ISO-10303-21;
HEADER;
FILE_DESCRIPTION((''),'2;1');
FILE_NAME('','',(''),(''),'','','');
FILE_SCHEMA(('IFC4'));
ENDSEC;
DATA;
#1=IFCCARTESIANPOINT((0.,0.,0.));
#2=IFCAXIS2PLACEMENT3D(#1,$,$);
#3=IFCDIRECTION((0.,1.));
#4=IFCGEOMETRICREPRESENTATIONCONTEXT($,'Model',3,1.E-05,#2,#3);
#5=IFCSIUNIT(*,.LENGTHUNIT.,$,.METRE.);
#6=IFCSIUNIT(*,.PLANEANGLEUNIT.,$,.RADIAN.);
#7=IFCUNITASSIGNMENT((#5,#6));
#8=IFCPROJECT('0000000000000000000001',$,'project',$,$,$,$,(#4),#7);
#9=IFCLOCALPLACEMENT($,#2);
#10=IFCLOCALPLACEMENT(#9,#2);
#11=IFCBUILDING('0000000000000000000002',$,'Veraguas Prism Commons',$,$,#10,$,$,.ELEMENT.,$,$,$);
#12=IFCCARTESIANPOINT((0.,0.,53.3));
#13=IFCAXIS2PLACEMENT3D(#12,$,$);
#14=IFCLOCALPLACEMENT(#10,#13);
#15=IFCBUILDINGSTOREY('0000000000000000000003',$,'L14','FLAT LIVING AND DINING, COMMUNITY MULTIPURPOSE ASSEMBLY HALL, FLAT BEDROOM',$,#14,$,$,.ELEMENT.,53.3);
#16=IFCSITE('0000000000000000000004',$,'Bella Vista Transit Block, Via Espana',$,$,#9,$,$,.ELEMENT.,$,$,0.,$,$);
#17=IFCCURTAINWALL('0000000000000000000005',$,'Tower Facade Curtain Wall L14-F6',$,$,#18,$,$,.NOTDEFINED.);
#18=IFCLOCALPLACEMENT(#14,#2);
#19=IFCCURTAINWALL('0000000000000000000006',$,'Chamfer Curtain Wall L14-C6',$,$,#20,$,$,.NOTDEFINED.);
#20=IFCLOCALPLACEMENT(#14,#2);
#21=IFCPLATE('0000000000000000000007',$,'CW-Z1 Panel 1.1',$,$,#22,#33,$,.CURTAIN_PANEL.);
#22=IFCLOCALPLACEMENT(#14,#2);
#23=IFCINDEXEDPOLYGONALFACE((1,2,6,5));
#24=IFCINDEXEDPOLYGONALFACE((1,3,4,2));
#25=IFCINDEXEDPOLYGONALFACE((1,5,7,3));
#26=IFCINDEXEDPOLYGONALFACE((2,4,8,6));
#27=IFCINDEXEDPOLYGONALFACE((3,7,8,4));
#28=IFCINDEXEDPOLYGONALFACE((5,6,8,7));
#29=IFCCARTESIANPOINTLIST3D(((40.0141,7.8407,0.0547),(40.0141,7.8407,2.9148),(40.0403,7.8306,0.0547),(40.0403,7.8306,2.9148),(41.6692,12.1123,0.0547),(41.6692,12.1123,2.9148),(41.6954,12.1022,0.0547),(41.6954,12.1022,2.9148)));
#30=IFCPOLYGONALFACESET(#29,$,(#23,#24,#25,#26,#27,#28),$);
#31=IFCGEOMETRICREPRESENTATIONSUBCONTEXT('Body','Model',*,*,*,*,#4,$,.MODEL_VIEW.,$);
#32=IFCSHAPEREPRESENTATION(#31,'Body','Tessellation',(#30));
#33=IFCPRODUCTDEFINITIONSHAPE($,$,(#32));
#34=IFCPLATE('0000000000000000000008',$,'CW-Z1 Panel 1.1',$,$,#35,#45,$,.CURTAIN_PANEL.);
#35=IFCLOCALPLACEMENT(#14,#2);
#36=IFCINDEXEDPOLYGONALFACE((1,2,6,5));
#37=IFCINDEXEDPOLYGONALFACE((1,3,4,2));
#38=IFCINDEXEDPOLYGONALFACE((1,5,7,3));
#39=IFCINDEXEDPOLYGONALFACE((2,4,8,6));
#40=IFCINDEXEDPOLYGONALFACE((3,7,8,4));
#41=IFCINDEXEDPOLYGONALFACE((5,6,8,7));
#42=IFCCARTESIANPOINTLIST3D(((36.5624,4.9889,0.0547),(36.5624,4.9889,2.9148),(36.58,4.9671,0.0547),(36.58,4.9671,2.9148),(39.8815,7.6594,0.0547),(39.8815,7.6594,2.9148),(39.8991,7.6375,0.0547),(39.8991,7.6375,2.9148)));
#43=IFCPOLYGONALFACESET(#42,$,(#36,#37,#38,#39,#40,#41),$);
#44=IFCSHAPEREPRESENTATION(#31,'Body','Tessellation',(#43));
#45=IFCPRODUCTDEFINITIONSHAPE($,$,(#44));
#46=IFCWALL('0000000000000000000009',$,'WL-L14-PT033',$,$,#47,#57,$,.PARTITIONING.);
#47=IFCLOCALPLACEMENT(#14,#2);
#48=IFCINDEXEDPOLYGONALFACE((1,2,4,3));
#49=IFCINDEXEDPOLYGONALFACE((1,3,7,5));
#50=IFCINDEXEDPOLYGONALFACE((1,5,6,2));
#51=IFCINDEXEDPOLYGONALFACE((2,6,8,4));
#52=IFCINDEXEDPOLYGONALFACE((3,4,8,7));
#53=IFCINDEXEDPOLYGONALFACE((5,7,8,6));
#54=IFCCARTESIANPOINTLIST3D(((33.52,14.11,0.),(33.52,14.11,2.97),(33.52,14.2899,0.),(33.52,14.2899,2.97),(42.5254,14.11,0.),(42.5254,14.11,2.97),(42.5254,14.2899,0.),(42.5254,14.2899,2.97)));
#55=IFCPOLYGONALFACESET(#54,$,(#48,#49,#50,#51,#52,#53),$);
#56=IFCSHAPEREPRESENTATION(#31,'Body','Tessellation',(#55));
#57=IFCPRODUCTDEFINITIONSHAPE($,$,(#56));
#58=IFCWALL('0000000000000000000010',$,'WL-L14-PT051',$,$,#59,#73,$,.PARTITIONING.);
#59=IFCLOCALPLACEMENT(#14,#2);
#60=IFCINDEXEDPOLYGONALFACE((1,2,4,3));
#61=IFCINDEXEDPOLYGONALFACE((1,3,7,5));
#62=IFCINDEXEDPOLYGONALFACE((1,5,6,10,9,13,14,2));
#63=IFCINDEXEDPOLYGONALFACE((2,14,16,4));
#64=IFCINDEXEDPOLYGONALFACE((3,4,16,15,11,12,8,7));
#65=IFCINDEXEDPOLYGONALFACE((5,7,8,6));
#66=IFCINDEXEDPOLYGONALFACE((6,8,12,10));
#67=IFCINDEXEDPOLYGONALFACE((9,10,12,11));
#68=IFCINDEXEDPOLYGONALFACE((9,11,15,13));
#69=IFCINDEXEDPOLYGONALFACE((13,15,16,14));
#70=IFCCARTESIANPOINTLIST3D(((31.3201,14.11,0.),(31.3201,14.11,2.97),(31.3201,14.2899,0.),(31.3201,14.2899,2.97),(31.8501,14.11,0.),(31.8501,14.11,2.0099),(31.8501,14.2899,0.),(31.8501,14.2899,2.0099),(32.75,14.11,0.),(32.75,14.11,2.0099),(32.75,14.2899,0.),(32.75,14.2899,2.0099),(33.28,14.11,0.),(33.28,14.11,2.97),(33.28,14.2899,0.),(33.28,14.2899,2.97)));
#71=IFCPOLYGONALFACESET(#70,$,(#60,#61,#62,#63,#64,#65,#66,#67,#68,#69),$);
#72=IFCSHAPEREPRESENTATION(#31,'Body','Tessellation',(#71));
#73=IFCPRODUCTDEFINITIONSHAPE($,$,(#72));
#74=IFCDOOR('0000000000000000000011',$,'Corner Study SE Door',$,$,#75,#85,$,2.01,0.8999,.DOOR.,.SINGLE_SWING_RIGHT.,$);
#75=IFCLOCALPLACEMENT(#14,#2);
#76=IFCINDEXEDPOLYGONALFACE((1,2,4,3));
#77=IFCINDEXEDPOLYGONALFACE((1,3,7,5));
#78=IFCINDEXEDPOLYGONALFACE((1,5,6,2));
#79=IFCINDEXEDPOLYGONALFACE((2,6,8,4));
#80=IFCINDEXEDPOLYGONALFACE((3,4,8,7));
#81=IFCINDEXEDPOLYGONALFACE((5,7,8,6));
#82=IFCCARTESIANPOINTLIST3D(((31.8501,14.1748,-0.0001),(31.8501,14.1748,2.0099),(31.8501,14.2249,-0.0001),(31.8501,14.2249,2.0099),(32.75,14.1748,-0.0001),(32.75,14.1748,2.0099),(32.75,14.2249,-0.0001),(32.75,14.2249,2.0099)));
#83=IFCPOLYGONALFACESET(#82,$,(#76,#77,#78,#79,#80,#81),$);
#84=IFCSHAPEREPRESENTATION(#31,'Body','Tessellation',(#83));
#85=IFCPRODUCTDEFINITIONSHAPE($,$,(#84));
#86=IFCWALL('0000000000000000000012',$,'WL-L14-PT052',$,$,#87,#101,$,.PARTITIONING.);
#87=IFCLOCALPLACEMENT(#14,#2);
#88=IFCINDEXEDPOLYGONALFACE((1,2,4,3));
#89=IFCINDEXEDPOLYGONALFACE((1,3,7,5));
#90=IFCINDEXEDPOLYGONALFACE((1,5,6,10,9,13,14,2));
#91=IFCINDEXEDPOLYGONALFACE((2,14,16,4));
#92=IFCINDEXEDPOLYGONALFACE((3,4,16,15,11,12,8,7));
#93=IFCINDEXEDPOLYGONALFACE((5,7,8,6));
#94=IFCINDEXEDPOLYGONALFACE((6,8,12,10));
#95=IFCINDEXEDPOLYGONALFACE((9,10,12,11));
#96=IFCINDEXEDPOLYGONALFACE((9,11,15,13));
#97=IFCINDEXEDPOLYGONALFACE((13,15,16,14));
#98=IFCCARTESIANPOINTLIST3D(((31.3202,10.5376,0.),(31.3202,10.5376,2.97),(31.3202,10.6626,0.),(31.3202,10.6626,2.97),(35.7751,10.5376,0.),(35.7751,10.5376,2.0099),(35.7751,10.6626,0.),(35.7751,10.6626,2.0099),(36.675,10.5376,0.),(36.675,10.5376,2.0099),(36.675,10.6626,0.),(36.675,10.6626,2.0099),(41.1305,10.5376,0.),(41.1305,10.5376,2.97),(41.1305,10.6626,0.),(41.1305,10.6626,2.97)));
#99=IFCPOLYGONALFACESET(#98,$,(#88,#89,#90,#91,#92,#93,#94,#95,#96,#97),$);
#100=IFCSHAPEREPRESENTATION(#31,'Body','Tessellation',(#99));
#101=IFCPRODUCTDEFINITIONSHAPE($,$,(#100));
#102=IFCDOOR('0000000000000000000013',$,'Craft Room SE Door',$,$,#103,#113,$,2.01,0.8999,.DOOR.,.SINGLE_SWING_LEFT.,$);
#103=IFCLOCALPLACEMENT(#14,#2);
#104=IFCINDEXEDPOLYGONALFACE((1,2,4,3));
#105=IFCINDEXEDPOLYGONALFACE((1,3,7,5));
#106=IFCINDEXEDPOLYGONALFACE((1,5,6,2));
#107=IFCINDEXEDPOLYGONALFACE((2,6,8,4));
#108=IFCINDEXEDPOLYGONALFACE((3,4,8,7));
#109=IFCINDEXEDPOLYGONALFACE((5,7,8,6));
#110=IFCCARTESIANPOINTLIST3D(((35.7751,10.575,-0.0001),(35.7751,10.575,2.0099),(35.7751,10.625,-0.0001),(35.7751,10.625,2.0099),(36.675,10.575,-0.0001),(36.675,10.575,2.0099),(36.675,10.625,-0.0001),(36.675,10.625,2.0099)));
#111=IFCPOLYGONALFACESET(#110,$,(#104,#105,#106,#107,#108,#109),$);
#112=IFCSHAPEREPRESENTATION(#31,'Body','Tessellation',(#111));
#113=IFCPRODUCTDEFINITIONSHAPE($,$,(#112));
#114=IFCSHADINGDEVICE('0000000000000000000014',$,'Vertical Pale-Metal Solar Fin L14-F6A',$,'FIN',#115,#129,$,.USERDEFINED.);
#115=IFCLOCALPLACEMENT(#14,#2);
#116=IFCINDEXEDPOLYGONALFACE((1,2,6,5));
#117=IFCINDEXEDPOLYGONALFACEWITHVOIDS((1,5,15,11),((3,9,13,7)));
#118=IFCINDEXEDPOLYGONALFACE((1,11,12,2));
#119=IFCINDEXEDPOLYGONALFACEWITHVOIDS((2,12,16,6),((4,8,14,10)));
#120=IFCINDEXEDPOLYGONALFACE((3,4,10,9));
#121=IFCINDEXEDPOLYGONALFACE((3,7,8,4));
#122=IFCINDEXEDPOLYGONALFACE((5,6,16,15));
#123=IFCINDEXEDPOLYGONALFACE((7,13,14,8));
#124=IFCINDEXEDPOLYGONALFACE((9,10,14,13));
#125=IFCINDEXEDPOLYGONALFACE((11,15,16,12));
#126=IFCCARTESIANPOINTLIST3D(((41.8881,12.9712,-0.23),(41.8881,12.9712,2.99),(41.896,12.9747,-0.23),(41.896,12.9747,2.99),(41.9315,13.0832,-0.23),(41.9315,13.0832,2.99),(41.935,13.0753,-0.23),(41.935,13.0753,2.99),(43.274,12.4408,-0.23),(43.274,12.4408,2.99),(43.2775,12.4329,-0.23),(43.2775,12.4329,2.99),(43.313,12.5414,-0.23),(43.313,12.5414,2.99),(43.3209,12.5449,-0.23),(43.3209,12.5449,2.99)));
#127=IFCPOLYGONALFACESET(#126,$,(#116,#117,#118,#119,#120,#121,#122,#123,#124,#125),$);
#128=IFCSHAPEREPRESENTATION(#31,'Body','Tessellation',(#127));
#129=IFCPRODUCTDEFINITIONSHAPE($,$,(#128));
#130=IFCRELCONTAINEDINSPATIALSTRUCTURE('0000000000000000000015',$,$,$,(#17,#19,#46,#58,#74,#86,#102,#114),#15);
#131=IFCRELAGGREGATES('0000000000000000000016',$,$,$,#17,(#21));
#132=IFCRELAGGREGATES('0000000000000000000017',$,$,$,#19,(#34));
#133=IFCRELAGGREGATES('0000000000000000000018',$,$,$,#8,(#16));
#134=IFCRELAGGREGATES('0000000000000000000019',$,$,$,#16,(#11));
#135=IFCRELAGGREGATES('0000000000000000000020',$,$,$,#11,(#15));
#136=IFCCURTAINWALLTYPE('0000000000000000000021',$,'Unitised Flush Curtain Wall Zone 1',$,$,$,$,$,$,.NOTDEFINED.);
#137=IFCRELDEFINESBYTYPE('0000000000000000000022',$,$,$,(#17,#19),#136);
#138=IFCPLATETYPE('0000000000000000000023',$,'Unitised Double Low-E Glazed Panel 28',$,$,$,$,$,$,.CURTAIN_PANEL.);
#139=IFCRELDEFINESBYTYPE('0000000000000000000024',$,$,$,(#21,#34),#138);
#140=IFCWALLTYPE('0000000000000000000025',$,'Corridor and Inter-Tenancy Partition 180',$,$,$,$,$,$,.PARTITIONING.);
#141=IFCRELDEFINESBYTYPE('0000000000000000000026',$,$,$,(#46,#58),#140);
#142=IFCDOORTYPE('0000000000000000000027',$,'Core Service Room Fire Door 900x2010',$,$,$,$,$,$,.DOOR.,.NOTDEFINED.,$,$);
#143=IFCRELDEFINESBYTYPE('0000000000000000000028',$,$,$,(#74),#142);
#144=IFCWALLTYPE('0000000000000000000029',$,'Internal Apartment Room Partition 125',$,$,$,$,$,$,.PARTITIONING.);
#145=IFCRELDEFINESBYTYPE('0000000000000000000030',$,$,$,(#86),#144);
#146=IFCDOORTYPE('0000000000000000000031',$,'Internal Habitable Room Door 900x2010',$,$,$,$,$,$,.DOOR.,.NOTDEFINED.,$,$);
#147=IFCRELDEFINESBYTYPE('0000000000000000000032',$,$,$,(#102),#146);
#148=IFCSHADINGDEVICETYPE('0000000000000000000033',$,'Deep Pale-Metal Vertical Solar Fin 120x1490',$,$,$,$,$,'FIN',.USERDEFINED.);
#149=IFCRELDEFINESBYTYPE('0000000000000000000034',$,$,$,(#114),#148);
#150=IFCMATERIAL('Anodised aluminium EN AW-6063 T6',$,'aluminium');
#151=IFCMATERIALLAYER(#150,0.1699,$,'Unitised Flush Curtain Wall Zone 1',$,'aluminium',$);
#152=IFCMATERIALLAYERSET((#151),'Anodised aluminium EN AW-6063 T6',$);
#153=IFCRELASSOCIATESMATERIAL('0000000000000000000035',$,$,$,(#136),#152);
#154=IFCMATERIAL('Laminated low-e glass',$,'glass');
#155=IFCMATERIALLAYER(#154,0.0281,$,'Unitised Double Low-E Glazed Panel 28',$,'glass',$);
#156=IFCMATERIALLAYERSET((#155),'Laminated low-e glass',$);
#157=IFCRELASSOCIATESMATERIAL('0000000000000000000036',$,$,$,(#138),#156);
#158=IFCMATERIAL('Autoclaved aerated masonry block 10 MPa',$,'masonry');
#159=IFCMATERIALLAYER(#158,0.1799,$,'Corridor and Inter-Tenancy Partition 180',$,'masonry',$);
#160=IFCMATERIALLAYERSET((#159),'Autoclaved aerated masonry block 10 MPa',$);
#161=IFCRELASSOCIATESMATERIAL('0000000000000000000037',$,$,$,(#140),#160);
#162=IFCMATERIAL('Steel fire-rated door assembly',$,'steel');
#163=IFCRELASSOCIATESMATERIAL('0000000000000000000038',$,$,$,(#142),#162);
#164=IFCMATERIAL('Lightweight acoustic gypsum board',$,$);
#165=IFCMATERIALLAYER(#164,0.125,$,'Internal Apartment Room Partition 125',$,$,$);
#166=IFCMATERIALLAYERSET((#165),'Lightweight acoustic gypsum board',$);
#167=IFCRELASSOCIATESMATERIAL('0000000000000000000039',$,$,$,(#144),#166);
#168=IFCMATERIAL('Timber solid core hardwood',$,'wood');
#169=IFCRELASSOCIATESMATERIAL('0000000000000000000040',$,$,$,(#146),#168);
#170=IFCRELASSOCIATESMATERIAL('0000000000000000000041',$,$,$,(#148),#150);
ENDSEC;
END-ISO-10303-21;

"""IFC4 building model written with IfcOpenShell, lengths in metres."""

from ifc_helpers import new_model, si_unit, direction, frame, frame_2d, origin, origin_2d, place, context, subcontext, project, spatial, rectangle, hollow_rectangle, extrude, source, transform, mapped, material, layer, layer_set, material_profile, profile_set, type_object, element, fill, aggregate, save


model = new_model("IFC4")

# Units and contexts
model_context = context("Model", 3, precision=1e-05, world=origin(), true_north=direction((0.0, 1.0)))
body_context = subcontext(model_context, "Body", "Model", "MODEL_VIEW")
ifc_project = project(units=[si_unit("LENGTHUNIT", "METRE"), si_unit("PLANEANGLEUNIT", "RADIAN")], contexts=[model_context])

# Site, building, storey
site_placement = place(None, origin())
site = spatial("IfcSite", under=ifc_project, at=site_placement, Name="Bella Vista Transit Block, Via Espana", CompositionType="ELEMENT", RefElevation=0.0)
building_placement = place(site_placement, origin())
building = spatial("IfcBuilding", under=site, at=building_placement, Name="Veraguas Prism Commons", CompositionType="ELEMENT")
storey_placement = place(building_placement, frame((0.0, 0.0, 53.3)))
storey = spatial("IfcBuildingStorey", under=building, at=storey_placement, Name="L14", Description="FLAT LIVING AND DINING, COMMUNITY MULTIPURPOSE ASSEMBLY HALL, FLAT BEDROOM", CompositionType="ELEMENT", Elevation=53.3)

# Curtain walls
ifc_material_1 = material(Name="Anodised aluminium EN AW-6063 T6", Category="aluminium")
ifc_layer_1 = layer(ifc_material_1, 0.1699, Name="Unitised Flush Curtain Wall Zone 1", Category="aluminium")
ifc_layer_set_1 = layer_set([ifc_layer_1], Name="Anodised aluminium EN AW-6063 T6")
curtain_wall_type = type_object("IfcCurtainWallType", Name="Unitised Flush Curtain Wall Zone 1", PredefinedType="NOTDEFINED", material=ifc_layer_set_1)
curtain_wall_1_placement = place(storey_placement, origin())
curtain_wall_1 = element("IfcCurtainWall", 1, at=curtain_wall_1_placement, inside=storey, type_object=curtain_wall_type, Name="Tower Facade Curtain Wall L14-F6", PredefinedType="NOTDEFINED")
curtain_wall_2_placement = place(storey_placement, origin())
curtain_wall_2 = element("IfcCurtainWall", 2, at=curtain_wall_2_placement, inside=storey, type_object=curtain_wall_type, Name="Chamfer Curtain Wall L14-C6", PredefinedType="NOTDEFINED")

# Plates
ifc_material_2 = material(Name="Laminated low-e glass", Category="glass")
ifc_layer_2 = layer(ifc_material_2, 0.0281, Name="Unitised Double Low-E Glazed Panel 28", Category="glass")
ifc_layer_set_2 = layer_set([ifc_layer_2], Name="Laminated low-e glass")
plate_type = type_object("IfcPlateType", Name="Unitised Double Low-E Glazed Panel 28", PredefinedType="CURTAIN_PANEL", material=ifc_layer_set_2)
shared_shape_1 = source(origin(), body_context, "Body", "SweptSolid", [
    extrude(rectangle(XDim=4.5811, YDim=0.0281, at=origin_2d()), origin(), (0.0, 0.0, 1.0), 2.8601),
])
plate_1_placement = place(storey_placement, frame((40.8547, 9.9714, 0.0547), z_axis=(0.0, 0.0, 1.0), x_axis=(0.361294, 0.932452, 0.0)))
plate_1 = element("IfcPlate", 3, at=plate_1_placement, type_object=plate_type, Name="CW-Z1 Panel 1.1", PredefinedType="CURTAIN_PANEL", context=body_context, shape_type="MappedRepresentation", body=[
    mapped(shared_shape_1, transform((0.0, 0.0, 0.0), scale=1.0)),
])
aggregate(curtain_wall_1, [plate_1])
shared_shape_2 = source(origin(), body_context, "Body", "SweptSolid", [
    extrude(rectangle(XDim=4.26, YDim=0.0281, at=origin_2d()), origin(), (0.0, 0.0, 1.0), 2.8601),
])
plate_2_placement = place(storey_placement, frame((38.2307, 6.3132, 0.0547), z_axis=(0.0, 0.0, 1.0), x_axis=(0.779126, 0.626868, 0.0)))
plate_2 = element("IfcPlate", 4, at=plate_2_placement, type_object=plate_type, Name="CW-Z1 Panel 1.1", PredefinedType="CURTAIN_PANEL", context=body_context, shape_type="MappedRepresentation", body=[
    mapped(shared_shape_2, transform((0.0, 0.0, 0.0), scale=1.0)),
])
aggregate(curtain_wall_2, [plate_2])

# Wall
ifc_material_3 = material(Name="Autoclaved aerated masonry block 10 MPa", Category="masonry")
ifc_layer_3 = layer(ifc_material_3, 0.1799, Name="Corridor and Inter-Tenancy Partition 180", Category="masonry")
ifc_layer_set_3 = layer_set([ifc_layer_3], Name="Autoclaved aerated masonry block 10 MPa")
wall_type_1 = type_object("IfcWallType", Name="Corridor and Inter-Tenancy Partition 180", PredefinedType="PARTITIONING", material=ifc_layer_set_3)
wall_1_placement = place(storey_placement, frame((33.52, 14.2, 0.0), z_axis=(0.0, 0.0, 1.0), x_axis=(1.0, 0.0, 0.0)))
element("IfcWall", 5, at=wall_1_placement, inside=storey, type_object=wall_type_1, Name="WL-L14-PT033", PredefinedType="PARTITIONING", context=body_context, shape_type="SweptSolid", body=[
    extrude(rectangle(XDim=9.0054, YDim=0.1799, at=frame_2d((4.5027, 0.0))), origin(), (0.0, 0.0, 1.0), 2.97),
])

# Walls, openings, doors
wall_2_placement = place(storey_placement, frame((31.3201, 14.2, 0.0), z_axis=(0.0, 0.0, 1.0), x_axis=(1.0, 0.0, 0.0)))
wall_2 = element("IfcWall", 6, at=wall_2_placement, inside=storey, type_object=wall_type_1, Name="WL-L14-PT051", PredefinedType="PARTITIONING", context=body_context, shape_type="SweptSolid", body=[
    extrude(rectangle(XDim=1.96, YDim=0.1799, at=frame_2d((0.98, 0.0))), origin(), (0.0, 0.0, 1.0), 2.97),
])
opening_1_placement = place(wall_2_placement, frame((0.53, 0.0, 0.0)))
opening_1 = element("IfcOpeningElement", 7, at=opening_1_placement, cuts=wall_2, PredefinedType="OPENING", context=body_context, shape_type="SweptSolid", body=[
    extrude(rectangle(XDim=0.8999, YDim=2.01, at=frame_2d((0.45, 1.0049))), frame((0.0, 0.0999, 0.0), z_axis=(0.0, -1.0, 0.0), x_axis=(1.0, 0.0, 0.0)), (0.0, 0.0, 1.0), 0.2),
])
ifc_material_4 = material(Name="Steel fire-rated door assembly", Category="steel")
door_type_1 = type_object("IfcDoorType", Name="Core Service Room Fire Door 900x2010", OperationType="NOTDEFINED", PredefinedType="DOOR", material=ifc_material_4)
shared_shape_3 = source(origin(), body_context, "Body", "SweptSolid", [
    extrude(rectangle(XDim=0.8999, YDim=2.01, at=frame_2d((0.45, 1.0049))), frame((0.0, 0.0249, 0.0), z_axis=(0.0, -1.0, 0.0), x_axis=(1.0, 0.0, 0.0)), (0.0, 0.0, 1.0), 0.05),
])
door_1_placement = place(opening_1_placement, origin())
door_1 = element("IfcDoor", 8, at=door_1_placement, inside=storey, type_object=door_type_1, Name="Corner Study SE Door", OperationType="SINGLE_SWING_RIGHT", OverallHeight=2.01, OverallWidth=0.8999, PredefinedType="DOOR", context=body_context, shape_type="MappedRepresentation", body=[
    mapped(shared_shape_3, transform((0.0, 0.0, 0.0), scale=1.0)),
])
fill(opening_1, door_1)
ifc_material_5 = material(Name="Lightweight acoustic gypsum board")
ifc_layer_4 = layer(ifc_material_5, 0.125, Name="Internal Apartment Room Partition 125")
ifc_layer_set_4 = layer_set([ifc_layer_4], Name="Lightweight acoustic gypsum board")
wall_type_2 = type_object("IfcWallType", Name="Internal Apartment Room Partition 125", PredefinedType="PARTITIONING", material=ifc_layer_set_4)
wall_3_placement = place(storey_placement, frame((31.3201, 10.6001, 0.0), z_axis=(0.0, 0.0, 1.0), x_axis=(1.0, 0.0, 0.0)))
wall_3 = element("IfcWall", 9, at=wall_3_placement, inside=storey, type_object=wall_type_2, Name="WL-L14-PT052", PredefinedType="PARTITIONING", context=body_context, shape_type="SweptSolid", body=[
    extrude(rectangle(XDim=9.8103, YDim=0.125, at=frame_2d((4.9053, 0.0))), origin(), (0.0, 0.0, 1.0), 2.97),
])
opening_2_placement = place(wall_3_placement, frame((4.4551, 0.0, 0.0)))
opening_2 = element("IfcOpeningElement", 10, at=opening_2_placement, cuts=wall_3, PredefinedType="OPENING", context=body_context, shape_type="SweptSolid", body=[
    extrude(rectangle(XDim=0.8999, YDim=2.01, at=frame_2d((0.45, 1.0049))), frame((0.0, 0.0725, 0.0), z_axis=(0.0, -1.0, 0.0), x_axis=(1.0, 0.0, 0.0)), (0.0, 0.0, 1.0), 0.145),
])
ifc_material_6 = material(Name="Timber solid core hardwood", Category="wood")
door_type_2 = type_object("IfcDoorType", Name="Internal Habitable Room Door 900x2010", OperationType="NOTDEFINED", PredefinedType="DOOR", material=ifc_material_6)
door_2_placement = place(opening_2_placement, origin())
door_2 = element("IfcDoor", 11, at=door_2_placement, inside=storey, type_object=door_type_2, Name="Craft Room SE Door", OperationType="SINGLE_SWING_LEFT", OverallHeight=2.01, OverallWidth=0.8999, PredefinedType="DOOR", context=body_context, shape_type="MappedRepresentation", body=[
    mapped(shared_shape_3, transform((0.0, 0.0, 0.0), scale=1.0)),
])
fill(opening_2, door_2)

# Shading device
ifc_material_profile_1 = material_profile(ifc_material_1, hollow_rectangle(XDim=0.1201, YDim=1.49, WallThickness=0.0061, at=origin_2d()), Name="FIN120X1490X6")
ifc_profile_set_1 = profile_set([ifc_material_profile_1], Name="Anodised aluminium EN AW-6063 T6")
shading_device_type = type_object("IfcShadingDeviceType", Name="Deep Pale-Metal Vertical Solar Fin 120x1490", ElementType="FIN", PredefinedType="USERDEFINED", material=ifc_profile_set_1)
shading_device_placement = place(storey_placement, frame((42.6045, 12.7581, -0.23), z_axis=(0.0, 0.0, 1.0), x_axis=(0.361297, 0.932451, 0.0)))
element("IfcShadingDevice", 12, at=shading_device_placement, inside=storey, type_object=shading_device_type, Name="Vertical Pale-Metal Solar Fin L14-F6A", ObjectType="FIN", PredefinedType="USERDEFINED", context=body_context, shape_type="SweptSolid", body=[
    extrude(hollow_rectangle(XDim=0.1201, YDim=1.49, WallThickness=0.0061, at=origin_2d()), origin(), (0.0, 0.0, 1.0), 3.22),
])

save(model, "model.ifc")
